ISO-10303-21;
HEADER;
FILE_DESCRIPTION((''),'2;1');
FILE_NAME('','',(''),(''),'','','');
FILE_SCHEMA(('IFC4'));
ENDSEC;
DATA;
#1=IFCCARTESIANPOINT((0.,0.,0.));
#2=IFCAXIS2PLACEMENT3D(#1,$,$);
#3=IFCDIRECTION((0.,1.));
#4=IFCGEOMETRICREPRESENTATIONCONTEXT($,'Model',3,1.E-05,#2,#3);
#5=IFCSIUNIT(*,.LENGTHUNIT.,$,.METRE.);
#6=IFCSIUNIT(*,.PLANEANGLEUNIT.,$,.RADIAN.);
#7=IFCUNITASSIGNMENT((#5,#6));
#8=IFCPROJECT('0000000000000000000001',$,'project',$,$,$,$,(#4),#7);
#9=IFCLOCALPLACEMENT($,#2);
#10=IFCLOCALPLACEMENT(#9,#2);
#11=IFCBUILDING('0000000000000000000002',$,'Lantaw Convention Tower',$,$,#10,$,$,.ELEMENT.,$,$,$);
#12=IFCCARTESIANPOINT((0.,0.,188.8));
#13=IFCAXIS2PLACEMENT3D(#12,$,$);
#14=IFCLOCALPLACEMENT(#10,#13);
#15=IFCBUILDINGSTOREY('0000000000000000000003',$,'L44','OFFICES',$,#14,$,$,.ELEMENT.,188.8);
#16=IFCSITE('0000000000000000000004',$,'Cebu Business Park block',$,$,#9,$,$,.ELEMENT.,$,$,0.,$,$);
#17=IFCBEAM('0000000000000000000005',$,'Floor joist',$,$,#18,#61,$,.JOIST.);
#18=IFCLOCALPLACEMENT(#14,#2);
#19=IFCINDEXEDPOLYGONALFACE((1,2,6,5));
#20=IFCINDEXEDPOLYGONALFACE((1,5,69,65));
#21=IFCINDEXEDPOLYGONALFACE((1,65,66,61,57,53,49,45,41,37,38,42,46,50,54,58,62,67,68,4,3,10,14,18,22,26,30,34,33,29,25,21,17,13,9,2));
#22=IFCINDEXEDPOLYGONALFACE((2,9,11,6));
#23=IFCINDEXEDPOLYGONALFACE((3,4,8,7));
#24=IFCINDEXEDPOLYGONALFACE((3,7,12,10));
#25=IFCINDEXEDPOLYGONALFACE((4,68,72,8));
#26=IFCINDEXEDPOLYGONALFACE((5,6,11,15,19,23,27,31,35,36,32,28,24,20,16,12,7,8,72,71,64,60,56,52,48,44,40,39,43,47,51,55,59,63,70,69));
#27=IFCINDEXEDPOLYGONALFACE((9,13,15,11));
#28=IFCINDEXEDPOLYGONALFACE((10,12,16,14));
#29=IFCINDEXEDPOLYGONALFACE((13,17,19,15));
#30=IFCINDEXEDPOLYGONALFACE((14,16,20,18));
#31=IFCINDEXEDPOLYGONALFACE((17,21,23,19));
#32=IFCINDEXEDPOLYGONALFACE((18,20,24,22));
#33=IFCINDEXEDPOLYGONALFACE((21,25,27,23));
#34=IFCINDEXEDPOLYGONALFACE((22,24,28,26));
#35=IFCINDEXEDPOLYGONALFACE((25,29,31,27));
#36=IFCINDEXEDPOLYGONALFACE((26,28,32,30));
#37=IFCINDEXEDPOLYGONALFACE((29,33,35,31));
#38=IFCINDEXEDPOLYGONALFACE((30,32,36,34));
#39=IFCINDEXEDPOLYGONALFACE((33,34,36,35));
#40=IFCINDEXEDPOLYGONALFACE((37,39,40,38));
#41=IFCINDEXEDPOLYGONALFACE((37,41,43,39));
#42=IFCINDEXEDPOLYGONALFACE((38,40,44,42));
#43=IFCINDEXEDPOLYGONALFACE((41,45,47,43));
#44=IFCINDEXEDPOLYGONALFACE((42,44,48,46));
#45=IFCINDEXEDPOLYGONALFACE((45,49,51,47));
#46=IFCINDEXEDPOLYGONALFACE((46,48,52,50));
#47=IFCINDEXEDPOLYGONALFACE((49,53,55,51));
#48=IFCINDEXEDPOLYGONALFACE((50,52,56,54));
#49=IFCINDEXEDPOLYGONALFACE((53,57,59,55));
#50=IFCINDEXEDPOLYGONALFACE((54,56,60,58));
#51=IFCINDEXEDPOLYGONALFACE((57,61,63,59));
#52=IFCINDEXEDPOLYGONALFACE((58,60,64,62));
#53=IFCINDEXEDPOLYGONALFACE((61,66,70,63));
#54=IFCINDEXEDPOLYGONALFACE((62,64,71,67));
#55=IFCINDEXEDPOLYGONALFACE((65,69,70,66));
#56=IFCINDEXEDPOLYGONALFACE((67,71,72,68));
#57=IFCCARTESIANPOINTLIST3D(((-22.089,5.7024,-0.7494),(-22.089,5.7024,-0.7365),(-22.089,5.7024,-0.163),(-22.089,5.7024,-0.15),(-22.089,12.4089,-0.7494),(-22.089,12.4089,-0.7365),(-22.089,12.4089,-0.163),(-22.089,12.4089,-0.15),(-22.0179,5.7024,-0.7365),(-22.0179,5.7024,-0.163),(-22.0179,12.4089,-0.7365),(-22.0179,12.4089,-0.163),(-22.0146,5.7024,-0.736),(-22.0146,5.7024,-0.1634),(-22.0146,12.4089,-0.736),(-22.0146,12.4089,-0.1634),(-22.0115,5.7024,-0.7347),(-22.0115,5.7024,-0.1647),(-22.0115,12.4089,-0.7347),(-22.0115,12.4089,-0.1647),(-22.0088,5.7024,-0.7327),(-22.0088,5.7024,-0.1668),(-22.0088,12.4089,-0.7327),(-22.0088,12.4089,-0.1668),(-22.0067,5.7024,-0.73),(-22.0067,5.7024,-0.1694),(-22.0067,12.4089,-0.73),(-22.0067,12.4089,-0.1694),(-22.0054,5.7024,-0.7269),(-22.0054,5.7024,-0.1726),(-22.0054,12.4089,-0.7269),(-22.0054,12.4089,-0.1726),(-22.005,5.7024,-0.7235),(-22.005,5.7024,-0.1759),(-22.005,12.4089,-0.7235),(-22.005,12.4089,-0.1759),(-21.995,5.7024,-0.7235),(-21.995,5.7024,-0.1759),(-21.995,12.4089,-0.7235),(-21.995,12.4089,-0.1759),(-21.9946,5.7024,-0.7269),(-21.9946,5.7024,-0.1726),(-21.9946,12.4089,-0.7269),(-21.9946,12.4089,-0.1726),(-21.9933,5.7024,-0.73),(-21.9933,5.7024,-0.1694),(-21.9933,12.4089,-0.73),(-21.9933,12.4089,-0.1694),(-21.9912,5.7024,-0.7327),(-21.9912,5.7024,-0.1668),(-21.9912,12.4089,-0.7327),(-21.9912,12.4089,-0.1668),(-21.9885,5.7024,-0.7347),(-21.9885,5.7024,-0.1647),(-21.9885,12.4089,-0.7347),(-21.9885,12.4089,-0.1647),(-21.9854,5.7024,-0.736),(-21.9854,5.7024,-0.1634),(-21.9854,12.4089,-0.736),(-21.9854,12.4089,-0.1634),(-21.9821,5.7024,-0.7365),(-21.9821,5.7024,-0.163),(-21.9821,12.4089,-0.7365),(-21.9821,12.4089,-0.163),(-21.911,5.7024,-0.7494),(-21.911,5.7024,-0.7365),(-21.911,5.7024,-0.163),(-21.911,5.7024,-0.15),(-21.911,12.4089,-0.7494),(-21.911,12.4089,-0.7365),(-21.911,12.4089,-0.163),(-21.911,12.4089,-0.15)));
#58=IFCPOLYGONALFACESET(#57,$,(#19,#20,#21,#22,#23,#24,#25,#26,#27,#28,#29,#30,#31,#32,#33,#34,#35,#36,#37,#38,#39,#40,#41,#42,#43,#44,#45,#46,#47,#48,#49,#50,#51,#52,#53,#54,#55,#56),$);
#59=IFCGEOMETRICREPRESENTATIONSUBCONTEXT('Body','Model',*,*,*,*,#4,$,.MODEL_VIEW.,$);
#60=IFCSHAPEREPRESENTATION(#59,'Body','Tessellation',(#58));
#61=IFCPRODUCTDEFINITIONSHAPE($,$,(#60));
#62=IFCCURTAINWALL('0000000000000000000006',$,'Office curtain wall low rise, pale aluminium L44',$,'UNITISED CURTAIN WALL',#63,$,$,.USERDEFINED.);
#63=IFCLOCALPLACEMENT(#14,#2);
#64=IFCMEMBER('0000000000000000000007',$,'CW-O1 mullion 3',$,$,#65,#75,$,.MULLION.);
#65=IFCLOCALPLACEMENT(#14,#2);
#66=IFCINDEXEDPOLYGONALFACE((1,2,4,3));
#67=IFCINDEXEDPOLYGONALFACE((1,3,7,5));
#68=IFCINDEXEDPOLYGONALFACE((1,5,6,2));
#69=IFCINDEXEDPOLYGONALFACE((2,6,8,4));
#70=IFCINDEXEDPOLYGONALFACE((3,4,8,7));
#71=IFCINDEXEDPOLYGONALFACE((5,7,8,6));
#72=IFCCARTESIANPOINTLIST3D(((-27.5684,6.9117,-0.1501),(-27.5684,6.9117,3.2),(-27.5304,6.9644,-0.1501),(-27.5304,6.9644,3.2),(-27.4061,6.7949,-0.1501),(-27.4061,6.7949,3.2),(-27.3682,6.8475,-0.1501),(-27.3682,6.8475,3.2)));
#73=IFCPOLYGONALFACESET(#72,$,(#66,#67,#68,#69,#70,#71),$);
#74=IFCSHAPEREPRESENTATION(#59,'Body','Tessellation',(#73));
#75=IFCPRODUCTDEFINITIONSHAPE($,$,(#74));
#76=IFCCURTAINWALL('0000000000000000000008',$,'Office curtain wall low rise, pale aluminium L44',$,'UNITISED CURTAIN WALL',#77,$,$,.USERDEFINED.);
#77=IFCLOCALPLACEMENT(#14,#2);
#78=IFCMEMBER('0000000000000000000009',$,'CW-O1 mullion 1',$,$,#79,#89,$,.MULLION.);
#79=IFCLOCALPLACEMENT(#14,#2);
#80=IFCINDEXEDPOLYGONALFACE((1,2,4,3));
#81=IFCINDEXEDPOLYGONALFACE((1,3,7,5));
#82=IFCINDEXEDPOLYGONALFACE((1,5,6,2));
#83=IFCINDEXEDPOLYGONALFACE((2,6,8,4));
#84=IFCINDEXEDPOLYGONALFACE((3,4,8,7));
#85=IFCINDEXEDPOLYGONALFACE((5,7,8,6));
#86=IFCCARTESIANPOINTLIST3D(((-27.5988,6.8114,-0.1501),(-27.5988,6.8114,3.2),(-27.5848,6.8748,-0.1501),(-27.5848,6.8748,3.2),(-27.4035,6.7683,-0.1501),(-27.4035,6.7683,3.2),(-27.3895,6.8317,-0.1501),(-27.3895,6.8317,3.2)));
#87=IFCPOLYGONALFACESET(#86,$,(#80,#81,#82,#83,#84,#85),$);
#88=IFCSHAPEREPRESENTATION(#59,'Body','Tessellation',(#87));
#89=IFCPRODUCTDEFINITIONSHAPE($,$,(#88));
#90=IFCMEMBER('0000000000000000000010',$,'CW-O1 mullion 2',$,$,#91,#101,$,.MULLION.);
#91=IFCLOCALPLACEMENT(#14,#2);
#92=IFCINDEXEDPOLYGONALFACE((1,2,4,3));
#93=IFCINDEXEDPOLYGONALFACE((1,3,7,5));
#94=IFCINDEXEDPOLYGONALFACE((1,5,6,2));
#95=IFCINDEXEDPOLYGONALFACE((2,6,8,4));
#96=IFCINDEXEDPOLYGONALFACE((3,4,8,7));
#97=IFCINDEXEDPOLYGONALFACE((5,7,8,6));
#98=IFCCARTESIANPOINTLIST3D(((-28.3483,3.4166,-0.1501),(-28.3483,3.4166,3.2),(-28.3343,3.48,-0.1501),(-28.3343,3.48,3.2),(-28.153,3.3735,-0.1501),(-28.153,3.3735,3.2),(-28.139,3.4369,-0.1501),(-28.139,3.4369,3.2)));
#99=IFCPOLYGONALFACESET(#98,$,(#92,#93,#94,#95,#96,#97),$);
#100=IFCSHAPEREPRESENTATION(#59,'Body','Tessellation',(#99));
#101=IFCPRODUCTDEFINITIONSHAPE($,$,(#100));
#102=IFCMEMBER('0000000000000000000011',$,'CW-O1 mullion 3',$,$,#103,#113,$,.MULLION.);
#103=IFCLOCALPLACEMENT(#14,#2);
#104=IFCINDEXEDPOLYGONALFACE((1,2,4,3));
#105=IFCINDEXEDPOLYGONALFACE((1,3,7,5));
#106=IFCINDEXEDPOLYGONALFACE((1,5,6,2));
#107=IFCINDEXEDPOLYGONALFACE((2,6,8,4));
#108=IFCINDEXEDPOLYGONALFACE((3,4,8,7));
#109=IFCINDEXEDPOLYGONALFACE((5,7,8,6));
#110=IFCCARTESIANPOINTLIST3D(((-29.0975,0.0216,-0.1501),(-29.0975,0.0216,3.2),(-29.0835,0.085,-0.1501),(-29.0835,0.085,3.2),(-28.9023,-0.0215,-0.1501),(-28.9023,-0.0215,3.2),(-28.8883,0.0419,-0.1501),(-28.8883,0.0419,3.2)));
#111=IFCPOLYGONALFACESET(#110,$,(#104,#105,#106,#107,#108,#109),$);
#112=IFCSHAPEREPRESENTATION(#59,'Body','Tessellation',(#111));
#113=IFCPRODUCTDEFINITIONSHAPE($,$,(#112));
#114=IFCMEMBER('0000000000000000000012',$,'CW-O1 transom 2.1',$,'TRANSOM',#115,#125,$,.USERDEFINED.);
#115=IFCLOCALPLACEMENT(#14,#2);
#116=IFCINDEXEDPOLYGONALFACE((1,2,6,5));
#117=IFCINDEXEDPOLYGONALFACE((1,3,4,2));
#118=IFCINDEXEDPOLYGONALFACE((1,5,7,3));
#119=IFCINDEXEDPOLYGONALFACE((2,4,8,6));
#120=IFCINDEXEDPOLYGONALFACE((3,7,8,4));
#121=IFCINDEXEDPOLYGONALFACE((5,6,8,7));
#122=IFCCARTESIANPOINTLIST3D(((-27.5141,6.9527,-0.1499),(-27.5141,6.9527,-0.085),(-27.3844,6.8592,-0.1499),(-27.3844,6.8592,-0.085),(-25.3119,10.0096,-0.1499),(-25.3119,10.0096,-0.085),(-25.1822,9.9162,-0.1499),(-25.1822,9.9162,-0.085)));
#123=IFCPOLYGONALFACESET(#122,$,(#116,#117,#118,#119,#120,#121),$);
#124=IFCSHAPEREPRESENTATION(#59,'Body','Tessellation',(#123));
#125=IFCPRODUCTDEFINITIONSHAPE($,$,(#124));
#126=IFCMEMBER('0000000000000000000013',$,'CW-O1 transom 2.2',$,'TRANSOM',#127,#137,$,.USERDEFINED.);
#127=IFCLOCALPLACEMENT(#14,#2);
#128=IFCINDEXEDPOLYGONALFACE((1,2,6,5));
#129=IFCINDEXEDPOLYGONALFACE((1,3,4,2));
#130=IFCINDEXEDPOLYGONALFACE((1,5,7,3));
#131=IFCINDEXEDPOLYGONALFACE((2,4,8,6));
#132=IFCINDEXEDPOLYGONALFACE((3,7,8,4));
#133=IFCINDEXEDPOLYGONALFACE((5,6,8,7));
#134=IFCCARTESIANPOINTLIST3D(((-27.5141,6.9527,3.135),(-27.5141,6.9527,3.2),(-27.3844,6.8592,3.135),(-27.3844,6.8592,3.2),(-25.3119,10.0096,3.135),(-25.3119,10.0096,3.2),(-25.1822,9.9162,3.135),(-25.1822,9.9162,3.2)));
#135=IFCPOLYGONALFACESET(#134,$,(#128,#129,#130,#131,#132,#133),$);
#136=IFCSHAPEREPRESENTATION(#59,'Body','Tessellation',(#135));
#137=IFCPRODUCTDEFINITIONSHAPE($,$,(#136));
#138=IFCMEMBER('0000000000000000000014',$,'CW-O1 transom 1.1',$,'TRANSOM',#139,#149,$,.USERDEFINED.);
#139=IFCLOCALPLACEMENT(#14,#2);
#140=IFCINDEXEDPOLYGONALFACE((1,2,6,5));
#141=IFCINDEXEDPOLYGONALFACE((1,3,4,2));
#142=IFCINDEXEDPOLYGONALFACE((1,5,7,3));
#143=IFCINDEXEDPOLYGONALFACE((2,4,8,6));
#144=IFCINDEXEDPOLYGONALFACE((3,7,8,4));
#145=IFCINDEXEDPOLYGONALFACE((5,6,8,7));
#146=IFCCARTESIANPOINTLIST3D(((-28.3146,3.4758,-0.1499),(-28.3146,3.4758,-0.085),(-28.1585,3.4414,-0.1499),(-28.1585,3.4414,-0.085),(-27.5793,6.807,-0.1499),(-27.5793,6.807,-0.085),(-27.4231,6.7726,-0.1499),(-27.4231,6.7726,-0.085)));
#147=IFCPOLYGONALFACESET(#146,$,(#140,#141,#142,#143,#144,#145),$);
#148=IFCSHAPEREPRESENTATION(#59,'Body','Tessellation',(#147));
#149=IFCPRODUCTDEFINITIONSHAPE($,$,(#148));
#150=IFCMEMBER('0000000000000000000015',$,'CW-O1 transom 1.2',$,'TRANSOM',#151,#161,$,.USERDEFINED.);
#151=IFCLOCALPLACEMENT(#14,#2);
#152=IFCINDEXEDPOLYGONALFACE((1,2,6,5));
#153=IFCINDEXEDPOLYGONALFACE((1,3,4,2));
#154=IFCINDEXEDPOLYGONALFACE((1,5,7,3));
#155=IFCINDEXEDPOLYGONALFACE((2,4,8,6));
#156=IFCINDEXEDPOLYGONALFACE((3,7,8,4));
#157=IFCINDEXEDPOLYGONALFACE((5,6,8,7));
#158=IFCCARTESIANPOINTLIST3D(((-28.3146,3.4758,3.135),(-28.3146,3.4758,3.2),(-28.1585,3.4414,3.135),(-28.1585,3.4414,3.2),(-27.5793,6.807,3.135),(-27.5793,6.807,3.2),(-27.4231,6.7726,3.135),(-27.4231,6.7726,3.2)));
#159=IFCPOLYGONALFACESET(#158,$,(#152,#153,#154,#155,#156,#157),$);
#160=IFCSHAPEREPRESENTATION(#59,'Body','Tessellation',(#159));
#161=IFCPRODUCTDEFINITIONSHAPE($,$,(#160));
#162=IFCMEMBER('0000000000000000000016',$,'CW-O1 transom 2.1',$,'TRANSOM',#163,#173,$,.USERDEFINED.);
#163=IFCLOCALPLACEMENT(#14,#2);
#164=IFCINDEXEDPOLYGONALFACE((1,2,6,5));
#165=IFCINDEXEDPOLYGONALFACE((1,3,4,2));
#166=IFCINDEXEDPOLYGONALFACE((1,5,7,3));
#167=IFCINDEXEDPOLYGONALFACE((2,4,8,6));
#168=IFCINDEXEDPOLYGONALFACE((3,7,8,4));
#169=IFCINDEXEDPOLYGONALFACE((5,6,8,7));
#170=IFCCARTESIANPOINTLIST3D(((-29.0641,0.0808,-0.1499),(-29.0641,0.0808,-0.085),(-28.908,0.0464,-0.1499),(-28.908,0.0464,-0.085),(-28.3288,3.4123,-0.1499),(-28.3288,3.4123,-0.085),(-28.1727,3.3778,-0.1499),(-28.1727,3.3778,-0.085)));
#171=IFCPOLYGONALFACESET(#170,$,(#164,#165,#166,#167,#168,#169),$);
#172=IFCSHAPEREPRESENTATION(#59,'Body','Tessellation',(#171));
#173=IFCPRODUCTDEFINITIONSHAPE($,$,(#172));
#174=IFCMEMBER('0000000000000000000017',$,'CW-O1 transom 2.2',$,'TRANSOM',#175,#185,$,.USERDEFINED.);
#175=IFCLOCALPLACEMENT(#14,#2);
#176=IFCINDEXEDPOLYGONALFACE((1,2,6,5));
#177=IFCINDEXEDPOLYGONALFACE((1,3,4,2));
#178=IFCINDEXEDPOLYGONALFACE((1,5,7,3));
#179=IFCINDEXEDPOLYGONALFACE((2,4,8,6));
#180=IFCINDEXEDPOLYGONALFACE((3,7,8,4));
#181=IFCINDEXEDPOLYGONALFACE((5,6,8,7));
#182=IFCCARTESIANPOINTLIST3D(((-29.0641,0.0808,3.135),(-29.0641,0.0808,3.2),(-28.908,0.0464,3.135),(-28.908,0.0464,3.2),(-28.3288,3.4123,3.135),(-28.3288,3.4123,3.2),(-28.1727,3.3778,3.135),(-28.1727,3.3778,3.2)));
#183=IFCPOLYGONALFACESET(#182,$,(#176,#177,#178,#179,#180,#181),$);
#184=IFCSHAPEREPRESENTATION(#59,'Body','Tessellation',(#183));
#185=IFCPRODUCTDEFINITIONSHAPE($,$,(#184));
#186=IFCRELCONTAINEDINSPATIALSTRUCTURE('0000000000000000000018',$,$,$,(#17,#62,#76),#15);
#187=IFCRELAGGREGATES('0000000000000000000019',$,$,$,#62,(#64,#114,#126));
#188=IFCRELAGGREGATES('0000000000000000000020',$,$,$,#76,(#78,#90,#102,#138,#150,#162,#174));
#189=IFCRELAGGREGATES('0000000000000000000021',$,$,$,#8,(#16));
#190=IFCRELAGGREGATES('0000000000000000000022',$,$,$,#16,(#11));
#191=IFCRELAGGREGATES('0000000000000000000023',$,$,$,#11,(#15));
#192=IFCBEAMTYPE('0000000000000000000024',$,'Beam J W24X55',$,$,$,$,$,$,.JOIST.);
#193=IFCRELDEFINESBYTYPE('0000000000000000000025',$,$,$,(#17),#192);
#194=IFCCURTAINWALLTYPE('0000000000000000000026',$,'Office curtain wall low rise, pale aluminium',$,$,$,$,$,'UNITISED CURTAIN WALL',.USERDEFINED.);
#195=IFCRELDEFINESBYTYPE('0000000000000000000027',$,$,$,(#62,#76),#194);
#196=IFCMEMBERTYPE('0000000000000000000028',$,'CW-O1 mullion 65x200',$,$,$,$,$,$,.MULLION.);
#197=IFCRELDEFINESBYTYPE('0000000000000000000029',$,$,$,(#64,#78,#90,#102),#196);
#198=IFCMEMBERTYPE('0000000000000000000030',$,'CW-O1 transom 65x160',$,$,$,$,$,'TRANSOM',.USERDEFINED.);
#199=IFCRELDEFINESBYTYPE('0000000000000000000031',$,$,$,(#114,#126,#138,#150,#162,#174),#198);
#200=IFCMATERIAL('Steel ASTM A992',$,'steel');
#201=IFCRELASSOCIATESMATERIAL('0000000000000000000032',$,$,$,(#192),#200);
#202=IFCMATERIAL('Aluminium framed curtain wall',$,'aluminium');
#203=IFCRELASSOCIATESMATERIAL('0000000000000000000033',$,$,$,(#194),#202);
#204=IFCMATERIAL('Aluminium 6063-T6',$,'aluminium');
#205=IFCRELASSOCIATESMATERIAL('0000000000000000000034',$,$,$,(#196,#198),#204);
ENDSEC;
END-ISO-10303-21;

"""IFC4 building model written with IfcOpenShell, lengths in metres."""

from ifc_helpers import new_model, si_unit, direction, frame, origin, origin_2d, place, context, subcontext, project, spatial, rectangle, i_section, extrude, material, material_profile, profile_set, type_object, element, aggregate, save


model = new_model("IFC4")

# Units and contexts
model_context = context("Model", 3, precision=1e-05, world=origin(), true_north=direction((0.0, 1.0)))
body_context = subcontext(model_context, "Body", "Model", "MODEL_VIEW")
ifc_project = project(units=[si_unit("LENGTHUNIT", "METRE"), si_unit("PLANEANGLEUNIT", "RADIAN")], contexts=[model_context])

# Site, building, storey
site_placement = place(None, origin())
site = spatial("IfcSite", under=ifc_project, at=site_placement, Name="Cebu Business Park block", CompositionType="ELEMENT", RefElevation=0.0)
building_placement = place(site_placement, origin())
building = spatial("IfcBuilding", under=site, at=building_placement, Name="Lantaw Convention Tower", CompositionType="ELEMENT")
storey_placement = place(building_placement, frame((0.0, 0.0, 188.8)))
storey = spatial("IfcBuildingStorey", under=building, at=storey_placement, Name="L44", Description="OFFICES", CompositionType="ELEMENT", Elevation=188.8)

# Beam
ifc_material_1 = material(Name="Steel ASTM A992", Category="steel")
ifc_material_profile_1 = material_profile(ifc_material_1, i_section(OverallWidth=0.178, OverallDepth=0.5994, WebThickness=0.01, FlangeThickness=0.0129, FilletRadius=0.0129, at=origin_2d()), Name="W24X55")
ifc_profile_set_1 = profile_set([ifc_material_profile_1], Name="Steel ASTM A992")
beam_type_1 = type_object("IfcBeamType", Name="Beam J W24X55", PredefinedType="JOIST", material=ifc_profile_set_1)
beam_1_placement = place(storey_placement, frame((-22.0, 5.7024, -0.4497), z_axis=(0.0, 1.0, 0.0), x_axis=(-1.0, 0.0, 0.0)))
element("IfcBeam", 1, at=beam_1_placement, inside=storey, type_object=beam_type_1, Name="Floor joist", PredefinedType="JOIST", context=body_context, shape_type="SweptSolid", body=[
    extrude(i_section(OverallWidth=0.178, OverallDepth=0.5994, WebThickness=0.01, FlangeThickness=0.0129, FilletRadius=0.0129, at=origin_2d()), origin(), (0.0, 0.0, 1.0), 6.7065),
])

# Curtain wall, member
ifc_material_2 = material(Name="Aluminium framed curtain wall", Category="aluminium")
curtain_wall_type = type_object("IfcCurtainWallType", Name="Office curtain wall low rise, pale aluminium", ElementType="UNITISED CURTAIN WALL", PredefinedType="USERDEFINED", material=ifc_material_2)
curtain_wall_1_placement = place(storey_placement, origin())
curtain_wall_1 = element("IfcCurtainWall", 2, at=curtain_wall_1_placement, inside=storey, type_object=curtain_wall_type, Name="Office curtain wall low rise, pale aluminium L44", ObjectType="UNITISED CURTAIN WALL", PredefinedType="USERDEFINED")
ifc_material_3 = material(Name="Aluminium 6063-T6", Category="aluminium")
ifc_material_profile_2 = material_profile(ifc_material_3, rectangle(XDim=0.2, YDim=0.0649, at=origin_2d()), Name="CW-O1 mullion 65x200")
ifc_profile_set_2 = profile_set([ifc_material_profile_2], Name="Aluminium 6063-T6")
member_type_1 = type_object("IfcMemberType", Name="CW-O1 mullion 65x200", PredefinedType="MULLION", material=ifc_profile_set_2)
member_1_placement = place(storey_placement, frame((-27.4683, 6.8796, -0.1501), z_axis=(0.0, 0.0, 1.0), x_axis=(0.811385, -0.584513, 0.0)))
member_1 = element("IfcMember", 3, at=member_1_placement, type_object=member_type_1, Name="CW-O1 mullion 3", PredefinedType="MULLION", context=body_context, shape_type="SweptSolid", body=[
    extrude(rectangle(XDim=0.2, YDim=0.0649, at=origin_2d()), origin(), (0.0, 0.0, 1.0), 3.3501),
])

# Curtain wall, members
curtain_wall_2_placement = place(storey_placement, origin())
curtain_wall_2 = element("IfcCurtainWall", 4, at=curtain_wall_2_placement, inside=storey, type_object=curtain_wall_type, Name="Office curtain wall low rise, pale aluminium L44", ObjectType="UNITISED CURTAIN WALL", PredefinedType="USERDEFINED")
member_2_placement = place(storey_placement, frame((-27.4941, 6.8215, -0.1501), z_axis=(0.0, 0.0, 1.0), x_axis=(0.976494, -0.215546, 0.0)))
member_2 = element("IfcMember", 5, at=member_2_placement, type_object=member_type_1, Name="CW-O1 mullion 1", PredefinedType="MULLION", context=body_context, shape_type="SweptSolid", body=[
    extrude(rectangle(XDim=0.2, YDim=0.0649, at=origin_2d()), origin(), (0.0, 0.0, 1.0), 3.3501),
])
member_3_placement = place(storey_placement, frame((-28.2437, 3.4268, -0.1501), z_axis=(0.0, 0.0, 1.0), x_axis=(0.976494, -0.215546, 0.0)))
member_3 = element("IfcMember", 6, at=member_3_placement, type_object=member_type_1, Name="CW-O1 mullion 2", PredefinedType="MULLION", context=body_context, shape_type="SweptSolid", body=[
    extrude(rectangle(XDim=0.2, YDim=0.0649, at=origin_2d()), origin(), (0.0, 0.0, 1.0), 3.3501),
])
member_4_placement = place(storey_placement, frame((-28.9929, 0.0317, -0.1501), z_axis=(0.0, 0.0, 1.0), x_axis=(0.976494, -0.215546, 0.0)))
member_4 = element("IfcMember", 7, at=member_4_placement, type_object=member_type_1, Name="CW-O1 mullion 3", PredefinedType="MULLION", context=body_context, shape_type="SweptSolid", body=[
    extrude(rectangle(XDim=0.2, YDim=0.0649, at=origin_2d()), origin(), (0.0, 0.0, 1.0), 3.3501),
])

# Members
ifc_material_profile_3 = material_profile(ifc_material_3, rectangle(XDim=0.1599, YDim=0.0649, at=origin_2d()), Name="CW-O1 transom 65x160")
ifc_profile_set_3 = profile_set([ifc_material_profile_3], Name="Aluminium 6063-T6")
member_type_2 = type_object("IfcMemberType", Name="CW-O1 transom 65x160", ElementType="TRANSOM", PredefinedType="USERDEFINED", material=ifc_profile_set_3)
member_5_placement = place(storey_placement, frame((-25.2471, 9.9629, -0.1174), z_axis=(-0.584513, -0.811384, 0.0), x_axis=(0.811384, -0.584513, 0.0)))
member_5 = element("IfcMember", 8, at=member_5_placement, type_object=member_type_2, Name="CW-O1 transom 2.1", ObjectType="TRANSOM", PredefinedType="USERDEFINED", context=body_context, shape_type="SweptSolid", body=[
    extrude(rectangle(XDim=0.1599, YDim=0.0649, at=origin_2d()), origin(), (0.0, 0.0, 1.0), 3.7676),
])
member_6_placement = place(storey_placement, frame((-25.2471, 9.9629, 3.1675), z_axis=(-0.584513, -0.811384, 0.0), x_axis=(0.811384, -0.584513, 0.0)))
member_6 = element("IfcMember", 9, at=member_6_placement, type_object=member_type_2, Name="CW-O1 transom 2.2", ObjectType="TRANSOM", PredefinedType="USERDEFINED", context=body_context, shape_type="SweptSolid", body=[
    extrude(rectangle(XDim=0.1599, YDim=0.0649, at=origin_2d()), origin(), (0.0, 0.0, 1.0), 3.7676),
])
member_7_placement = place(storey_placement, frame((-27.5012, 6.7898, -0.1174), z_axis=(-0.215551, -0.976493, 0.0), x_axis=(0.976493, -0.215551, 0.0)))
member_7 = element("IfcMember", 10, at=member_7_placement, type_object=member_type_2, Name="CW-O1 transom 1.1", ObjectType="TRANSOM", PredefinedType="USERDEFINED", context=body_context, shape_type="SweptSolid", body=[
    extrude(rectangle(XDim=0.1599, YDim=0.0649, at=origin_2d()), origin(), (0.0, 0.0, 1.0), 3.4114),
])
member_8_placement = place(storey_placement, frame((-27.5012, 6.7898, 3.1675), z_axis=(-0.215551, -0.976493, 0.0), x_axis=(0.976493, -0.215551, 0.0)))
member_8 = element("IfcMember", 11, at=member_8_placement, type_object=member_type_2, Name="CW-O1 transom 1.2", ObjectType="TRANSOM", PredefinedType="USERDEFINED", context=body_context, shape_type="SweptSolid", body=[
    extrude(rectangle(XDim=0.1599, YDim=0.0649, at=origin_2d()), origin(), (0.0, 0.0, 1.0), 3.4114),
])
member_9_placement = place(storey_placement, frame((-28.2507, 3.395, -0.1174), z_axis=(-0.215536, -0.976496, 0.0), x_axis=(0.976496, -0.215536, 0.0)))
member_9 = element("IfcMember", 12, at=member_9_placement, type_object=member_type_2, Name="CW-O1 transom 2.1", ObjectType="TRANSOM", PredefinedType="USERDEFINED", context=body_context, shape_type="SweptSolid", body=[
    extrude(rectangle(XDim=0.1599, YDim=0.0649, at=origin_2d()), origin(), (0.0, 0.0, 1.0), 3.4116),
])
member_10_placement = place(storey_placement, frame((-28.2507, 3.395, 3.1675), z_axis=(-0.215536, -0.976496, 0.0), x_axis=(0.976496, -0.215536, 0.0)))
member_10 = element("IfcMember", 13, at=member_10_placement, type_object=member_type_2, Name="CW-O1 transom 2.2", ObjectType="TRANSOM", PredefinedType="USERDEFINED", context=body_context, shape_type="SweptSolid", body=[
    extrude(rectangle(XDim=0.1599, YDim=0.0649, at=origin_2d()), origin(), (0.0, 0.0, 1.0), 3.4116),
])

aggregate(curtain_wall_1, [member_1, member_5, member_6])
aggregate(curtain_wall_2, [member_2, member_3, member_4, member_7, member_8, member_9, member_10])

save(model, "model.ifc")
